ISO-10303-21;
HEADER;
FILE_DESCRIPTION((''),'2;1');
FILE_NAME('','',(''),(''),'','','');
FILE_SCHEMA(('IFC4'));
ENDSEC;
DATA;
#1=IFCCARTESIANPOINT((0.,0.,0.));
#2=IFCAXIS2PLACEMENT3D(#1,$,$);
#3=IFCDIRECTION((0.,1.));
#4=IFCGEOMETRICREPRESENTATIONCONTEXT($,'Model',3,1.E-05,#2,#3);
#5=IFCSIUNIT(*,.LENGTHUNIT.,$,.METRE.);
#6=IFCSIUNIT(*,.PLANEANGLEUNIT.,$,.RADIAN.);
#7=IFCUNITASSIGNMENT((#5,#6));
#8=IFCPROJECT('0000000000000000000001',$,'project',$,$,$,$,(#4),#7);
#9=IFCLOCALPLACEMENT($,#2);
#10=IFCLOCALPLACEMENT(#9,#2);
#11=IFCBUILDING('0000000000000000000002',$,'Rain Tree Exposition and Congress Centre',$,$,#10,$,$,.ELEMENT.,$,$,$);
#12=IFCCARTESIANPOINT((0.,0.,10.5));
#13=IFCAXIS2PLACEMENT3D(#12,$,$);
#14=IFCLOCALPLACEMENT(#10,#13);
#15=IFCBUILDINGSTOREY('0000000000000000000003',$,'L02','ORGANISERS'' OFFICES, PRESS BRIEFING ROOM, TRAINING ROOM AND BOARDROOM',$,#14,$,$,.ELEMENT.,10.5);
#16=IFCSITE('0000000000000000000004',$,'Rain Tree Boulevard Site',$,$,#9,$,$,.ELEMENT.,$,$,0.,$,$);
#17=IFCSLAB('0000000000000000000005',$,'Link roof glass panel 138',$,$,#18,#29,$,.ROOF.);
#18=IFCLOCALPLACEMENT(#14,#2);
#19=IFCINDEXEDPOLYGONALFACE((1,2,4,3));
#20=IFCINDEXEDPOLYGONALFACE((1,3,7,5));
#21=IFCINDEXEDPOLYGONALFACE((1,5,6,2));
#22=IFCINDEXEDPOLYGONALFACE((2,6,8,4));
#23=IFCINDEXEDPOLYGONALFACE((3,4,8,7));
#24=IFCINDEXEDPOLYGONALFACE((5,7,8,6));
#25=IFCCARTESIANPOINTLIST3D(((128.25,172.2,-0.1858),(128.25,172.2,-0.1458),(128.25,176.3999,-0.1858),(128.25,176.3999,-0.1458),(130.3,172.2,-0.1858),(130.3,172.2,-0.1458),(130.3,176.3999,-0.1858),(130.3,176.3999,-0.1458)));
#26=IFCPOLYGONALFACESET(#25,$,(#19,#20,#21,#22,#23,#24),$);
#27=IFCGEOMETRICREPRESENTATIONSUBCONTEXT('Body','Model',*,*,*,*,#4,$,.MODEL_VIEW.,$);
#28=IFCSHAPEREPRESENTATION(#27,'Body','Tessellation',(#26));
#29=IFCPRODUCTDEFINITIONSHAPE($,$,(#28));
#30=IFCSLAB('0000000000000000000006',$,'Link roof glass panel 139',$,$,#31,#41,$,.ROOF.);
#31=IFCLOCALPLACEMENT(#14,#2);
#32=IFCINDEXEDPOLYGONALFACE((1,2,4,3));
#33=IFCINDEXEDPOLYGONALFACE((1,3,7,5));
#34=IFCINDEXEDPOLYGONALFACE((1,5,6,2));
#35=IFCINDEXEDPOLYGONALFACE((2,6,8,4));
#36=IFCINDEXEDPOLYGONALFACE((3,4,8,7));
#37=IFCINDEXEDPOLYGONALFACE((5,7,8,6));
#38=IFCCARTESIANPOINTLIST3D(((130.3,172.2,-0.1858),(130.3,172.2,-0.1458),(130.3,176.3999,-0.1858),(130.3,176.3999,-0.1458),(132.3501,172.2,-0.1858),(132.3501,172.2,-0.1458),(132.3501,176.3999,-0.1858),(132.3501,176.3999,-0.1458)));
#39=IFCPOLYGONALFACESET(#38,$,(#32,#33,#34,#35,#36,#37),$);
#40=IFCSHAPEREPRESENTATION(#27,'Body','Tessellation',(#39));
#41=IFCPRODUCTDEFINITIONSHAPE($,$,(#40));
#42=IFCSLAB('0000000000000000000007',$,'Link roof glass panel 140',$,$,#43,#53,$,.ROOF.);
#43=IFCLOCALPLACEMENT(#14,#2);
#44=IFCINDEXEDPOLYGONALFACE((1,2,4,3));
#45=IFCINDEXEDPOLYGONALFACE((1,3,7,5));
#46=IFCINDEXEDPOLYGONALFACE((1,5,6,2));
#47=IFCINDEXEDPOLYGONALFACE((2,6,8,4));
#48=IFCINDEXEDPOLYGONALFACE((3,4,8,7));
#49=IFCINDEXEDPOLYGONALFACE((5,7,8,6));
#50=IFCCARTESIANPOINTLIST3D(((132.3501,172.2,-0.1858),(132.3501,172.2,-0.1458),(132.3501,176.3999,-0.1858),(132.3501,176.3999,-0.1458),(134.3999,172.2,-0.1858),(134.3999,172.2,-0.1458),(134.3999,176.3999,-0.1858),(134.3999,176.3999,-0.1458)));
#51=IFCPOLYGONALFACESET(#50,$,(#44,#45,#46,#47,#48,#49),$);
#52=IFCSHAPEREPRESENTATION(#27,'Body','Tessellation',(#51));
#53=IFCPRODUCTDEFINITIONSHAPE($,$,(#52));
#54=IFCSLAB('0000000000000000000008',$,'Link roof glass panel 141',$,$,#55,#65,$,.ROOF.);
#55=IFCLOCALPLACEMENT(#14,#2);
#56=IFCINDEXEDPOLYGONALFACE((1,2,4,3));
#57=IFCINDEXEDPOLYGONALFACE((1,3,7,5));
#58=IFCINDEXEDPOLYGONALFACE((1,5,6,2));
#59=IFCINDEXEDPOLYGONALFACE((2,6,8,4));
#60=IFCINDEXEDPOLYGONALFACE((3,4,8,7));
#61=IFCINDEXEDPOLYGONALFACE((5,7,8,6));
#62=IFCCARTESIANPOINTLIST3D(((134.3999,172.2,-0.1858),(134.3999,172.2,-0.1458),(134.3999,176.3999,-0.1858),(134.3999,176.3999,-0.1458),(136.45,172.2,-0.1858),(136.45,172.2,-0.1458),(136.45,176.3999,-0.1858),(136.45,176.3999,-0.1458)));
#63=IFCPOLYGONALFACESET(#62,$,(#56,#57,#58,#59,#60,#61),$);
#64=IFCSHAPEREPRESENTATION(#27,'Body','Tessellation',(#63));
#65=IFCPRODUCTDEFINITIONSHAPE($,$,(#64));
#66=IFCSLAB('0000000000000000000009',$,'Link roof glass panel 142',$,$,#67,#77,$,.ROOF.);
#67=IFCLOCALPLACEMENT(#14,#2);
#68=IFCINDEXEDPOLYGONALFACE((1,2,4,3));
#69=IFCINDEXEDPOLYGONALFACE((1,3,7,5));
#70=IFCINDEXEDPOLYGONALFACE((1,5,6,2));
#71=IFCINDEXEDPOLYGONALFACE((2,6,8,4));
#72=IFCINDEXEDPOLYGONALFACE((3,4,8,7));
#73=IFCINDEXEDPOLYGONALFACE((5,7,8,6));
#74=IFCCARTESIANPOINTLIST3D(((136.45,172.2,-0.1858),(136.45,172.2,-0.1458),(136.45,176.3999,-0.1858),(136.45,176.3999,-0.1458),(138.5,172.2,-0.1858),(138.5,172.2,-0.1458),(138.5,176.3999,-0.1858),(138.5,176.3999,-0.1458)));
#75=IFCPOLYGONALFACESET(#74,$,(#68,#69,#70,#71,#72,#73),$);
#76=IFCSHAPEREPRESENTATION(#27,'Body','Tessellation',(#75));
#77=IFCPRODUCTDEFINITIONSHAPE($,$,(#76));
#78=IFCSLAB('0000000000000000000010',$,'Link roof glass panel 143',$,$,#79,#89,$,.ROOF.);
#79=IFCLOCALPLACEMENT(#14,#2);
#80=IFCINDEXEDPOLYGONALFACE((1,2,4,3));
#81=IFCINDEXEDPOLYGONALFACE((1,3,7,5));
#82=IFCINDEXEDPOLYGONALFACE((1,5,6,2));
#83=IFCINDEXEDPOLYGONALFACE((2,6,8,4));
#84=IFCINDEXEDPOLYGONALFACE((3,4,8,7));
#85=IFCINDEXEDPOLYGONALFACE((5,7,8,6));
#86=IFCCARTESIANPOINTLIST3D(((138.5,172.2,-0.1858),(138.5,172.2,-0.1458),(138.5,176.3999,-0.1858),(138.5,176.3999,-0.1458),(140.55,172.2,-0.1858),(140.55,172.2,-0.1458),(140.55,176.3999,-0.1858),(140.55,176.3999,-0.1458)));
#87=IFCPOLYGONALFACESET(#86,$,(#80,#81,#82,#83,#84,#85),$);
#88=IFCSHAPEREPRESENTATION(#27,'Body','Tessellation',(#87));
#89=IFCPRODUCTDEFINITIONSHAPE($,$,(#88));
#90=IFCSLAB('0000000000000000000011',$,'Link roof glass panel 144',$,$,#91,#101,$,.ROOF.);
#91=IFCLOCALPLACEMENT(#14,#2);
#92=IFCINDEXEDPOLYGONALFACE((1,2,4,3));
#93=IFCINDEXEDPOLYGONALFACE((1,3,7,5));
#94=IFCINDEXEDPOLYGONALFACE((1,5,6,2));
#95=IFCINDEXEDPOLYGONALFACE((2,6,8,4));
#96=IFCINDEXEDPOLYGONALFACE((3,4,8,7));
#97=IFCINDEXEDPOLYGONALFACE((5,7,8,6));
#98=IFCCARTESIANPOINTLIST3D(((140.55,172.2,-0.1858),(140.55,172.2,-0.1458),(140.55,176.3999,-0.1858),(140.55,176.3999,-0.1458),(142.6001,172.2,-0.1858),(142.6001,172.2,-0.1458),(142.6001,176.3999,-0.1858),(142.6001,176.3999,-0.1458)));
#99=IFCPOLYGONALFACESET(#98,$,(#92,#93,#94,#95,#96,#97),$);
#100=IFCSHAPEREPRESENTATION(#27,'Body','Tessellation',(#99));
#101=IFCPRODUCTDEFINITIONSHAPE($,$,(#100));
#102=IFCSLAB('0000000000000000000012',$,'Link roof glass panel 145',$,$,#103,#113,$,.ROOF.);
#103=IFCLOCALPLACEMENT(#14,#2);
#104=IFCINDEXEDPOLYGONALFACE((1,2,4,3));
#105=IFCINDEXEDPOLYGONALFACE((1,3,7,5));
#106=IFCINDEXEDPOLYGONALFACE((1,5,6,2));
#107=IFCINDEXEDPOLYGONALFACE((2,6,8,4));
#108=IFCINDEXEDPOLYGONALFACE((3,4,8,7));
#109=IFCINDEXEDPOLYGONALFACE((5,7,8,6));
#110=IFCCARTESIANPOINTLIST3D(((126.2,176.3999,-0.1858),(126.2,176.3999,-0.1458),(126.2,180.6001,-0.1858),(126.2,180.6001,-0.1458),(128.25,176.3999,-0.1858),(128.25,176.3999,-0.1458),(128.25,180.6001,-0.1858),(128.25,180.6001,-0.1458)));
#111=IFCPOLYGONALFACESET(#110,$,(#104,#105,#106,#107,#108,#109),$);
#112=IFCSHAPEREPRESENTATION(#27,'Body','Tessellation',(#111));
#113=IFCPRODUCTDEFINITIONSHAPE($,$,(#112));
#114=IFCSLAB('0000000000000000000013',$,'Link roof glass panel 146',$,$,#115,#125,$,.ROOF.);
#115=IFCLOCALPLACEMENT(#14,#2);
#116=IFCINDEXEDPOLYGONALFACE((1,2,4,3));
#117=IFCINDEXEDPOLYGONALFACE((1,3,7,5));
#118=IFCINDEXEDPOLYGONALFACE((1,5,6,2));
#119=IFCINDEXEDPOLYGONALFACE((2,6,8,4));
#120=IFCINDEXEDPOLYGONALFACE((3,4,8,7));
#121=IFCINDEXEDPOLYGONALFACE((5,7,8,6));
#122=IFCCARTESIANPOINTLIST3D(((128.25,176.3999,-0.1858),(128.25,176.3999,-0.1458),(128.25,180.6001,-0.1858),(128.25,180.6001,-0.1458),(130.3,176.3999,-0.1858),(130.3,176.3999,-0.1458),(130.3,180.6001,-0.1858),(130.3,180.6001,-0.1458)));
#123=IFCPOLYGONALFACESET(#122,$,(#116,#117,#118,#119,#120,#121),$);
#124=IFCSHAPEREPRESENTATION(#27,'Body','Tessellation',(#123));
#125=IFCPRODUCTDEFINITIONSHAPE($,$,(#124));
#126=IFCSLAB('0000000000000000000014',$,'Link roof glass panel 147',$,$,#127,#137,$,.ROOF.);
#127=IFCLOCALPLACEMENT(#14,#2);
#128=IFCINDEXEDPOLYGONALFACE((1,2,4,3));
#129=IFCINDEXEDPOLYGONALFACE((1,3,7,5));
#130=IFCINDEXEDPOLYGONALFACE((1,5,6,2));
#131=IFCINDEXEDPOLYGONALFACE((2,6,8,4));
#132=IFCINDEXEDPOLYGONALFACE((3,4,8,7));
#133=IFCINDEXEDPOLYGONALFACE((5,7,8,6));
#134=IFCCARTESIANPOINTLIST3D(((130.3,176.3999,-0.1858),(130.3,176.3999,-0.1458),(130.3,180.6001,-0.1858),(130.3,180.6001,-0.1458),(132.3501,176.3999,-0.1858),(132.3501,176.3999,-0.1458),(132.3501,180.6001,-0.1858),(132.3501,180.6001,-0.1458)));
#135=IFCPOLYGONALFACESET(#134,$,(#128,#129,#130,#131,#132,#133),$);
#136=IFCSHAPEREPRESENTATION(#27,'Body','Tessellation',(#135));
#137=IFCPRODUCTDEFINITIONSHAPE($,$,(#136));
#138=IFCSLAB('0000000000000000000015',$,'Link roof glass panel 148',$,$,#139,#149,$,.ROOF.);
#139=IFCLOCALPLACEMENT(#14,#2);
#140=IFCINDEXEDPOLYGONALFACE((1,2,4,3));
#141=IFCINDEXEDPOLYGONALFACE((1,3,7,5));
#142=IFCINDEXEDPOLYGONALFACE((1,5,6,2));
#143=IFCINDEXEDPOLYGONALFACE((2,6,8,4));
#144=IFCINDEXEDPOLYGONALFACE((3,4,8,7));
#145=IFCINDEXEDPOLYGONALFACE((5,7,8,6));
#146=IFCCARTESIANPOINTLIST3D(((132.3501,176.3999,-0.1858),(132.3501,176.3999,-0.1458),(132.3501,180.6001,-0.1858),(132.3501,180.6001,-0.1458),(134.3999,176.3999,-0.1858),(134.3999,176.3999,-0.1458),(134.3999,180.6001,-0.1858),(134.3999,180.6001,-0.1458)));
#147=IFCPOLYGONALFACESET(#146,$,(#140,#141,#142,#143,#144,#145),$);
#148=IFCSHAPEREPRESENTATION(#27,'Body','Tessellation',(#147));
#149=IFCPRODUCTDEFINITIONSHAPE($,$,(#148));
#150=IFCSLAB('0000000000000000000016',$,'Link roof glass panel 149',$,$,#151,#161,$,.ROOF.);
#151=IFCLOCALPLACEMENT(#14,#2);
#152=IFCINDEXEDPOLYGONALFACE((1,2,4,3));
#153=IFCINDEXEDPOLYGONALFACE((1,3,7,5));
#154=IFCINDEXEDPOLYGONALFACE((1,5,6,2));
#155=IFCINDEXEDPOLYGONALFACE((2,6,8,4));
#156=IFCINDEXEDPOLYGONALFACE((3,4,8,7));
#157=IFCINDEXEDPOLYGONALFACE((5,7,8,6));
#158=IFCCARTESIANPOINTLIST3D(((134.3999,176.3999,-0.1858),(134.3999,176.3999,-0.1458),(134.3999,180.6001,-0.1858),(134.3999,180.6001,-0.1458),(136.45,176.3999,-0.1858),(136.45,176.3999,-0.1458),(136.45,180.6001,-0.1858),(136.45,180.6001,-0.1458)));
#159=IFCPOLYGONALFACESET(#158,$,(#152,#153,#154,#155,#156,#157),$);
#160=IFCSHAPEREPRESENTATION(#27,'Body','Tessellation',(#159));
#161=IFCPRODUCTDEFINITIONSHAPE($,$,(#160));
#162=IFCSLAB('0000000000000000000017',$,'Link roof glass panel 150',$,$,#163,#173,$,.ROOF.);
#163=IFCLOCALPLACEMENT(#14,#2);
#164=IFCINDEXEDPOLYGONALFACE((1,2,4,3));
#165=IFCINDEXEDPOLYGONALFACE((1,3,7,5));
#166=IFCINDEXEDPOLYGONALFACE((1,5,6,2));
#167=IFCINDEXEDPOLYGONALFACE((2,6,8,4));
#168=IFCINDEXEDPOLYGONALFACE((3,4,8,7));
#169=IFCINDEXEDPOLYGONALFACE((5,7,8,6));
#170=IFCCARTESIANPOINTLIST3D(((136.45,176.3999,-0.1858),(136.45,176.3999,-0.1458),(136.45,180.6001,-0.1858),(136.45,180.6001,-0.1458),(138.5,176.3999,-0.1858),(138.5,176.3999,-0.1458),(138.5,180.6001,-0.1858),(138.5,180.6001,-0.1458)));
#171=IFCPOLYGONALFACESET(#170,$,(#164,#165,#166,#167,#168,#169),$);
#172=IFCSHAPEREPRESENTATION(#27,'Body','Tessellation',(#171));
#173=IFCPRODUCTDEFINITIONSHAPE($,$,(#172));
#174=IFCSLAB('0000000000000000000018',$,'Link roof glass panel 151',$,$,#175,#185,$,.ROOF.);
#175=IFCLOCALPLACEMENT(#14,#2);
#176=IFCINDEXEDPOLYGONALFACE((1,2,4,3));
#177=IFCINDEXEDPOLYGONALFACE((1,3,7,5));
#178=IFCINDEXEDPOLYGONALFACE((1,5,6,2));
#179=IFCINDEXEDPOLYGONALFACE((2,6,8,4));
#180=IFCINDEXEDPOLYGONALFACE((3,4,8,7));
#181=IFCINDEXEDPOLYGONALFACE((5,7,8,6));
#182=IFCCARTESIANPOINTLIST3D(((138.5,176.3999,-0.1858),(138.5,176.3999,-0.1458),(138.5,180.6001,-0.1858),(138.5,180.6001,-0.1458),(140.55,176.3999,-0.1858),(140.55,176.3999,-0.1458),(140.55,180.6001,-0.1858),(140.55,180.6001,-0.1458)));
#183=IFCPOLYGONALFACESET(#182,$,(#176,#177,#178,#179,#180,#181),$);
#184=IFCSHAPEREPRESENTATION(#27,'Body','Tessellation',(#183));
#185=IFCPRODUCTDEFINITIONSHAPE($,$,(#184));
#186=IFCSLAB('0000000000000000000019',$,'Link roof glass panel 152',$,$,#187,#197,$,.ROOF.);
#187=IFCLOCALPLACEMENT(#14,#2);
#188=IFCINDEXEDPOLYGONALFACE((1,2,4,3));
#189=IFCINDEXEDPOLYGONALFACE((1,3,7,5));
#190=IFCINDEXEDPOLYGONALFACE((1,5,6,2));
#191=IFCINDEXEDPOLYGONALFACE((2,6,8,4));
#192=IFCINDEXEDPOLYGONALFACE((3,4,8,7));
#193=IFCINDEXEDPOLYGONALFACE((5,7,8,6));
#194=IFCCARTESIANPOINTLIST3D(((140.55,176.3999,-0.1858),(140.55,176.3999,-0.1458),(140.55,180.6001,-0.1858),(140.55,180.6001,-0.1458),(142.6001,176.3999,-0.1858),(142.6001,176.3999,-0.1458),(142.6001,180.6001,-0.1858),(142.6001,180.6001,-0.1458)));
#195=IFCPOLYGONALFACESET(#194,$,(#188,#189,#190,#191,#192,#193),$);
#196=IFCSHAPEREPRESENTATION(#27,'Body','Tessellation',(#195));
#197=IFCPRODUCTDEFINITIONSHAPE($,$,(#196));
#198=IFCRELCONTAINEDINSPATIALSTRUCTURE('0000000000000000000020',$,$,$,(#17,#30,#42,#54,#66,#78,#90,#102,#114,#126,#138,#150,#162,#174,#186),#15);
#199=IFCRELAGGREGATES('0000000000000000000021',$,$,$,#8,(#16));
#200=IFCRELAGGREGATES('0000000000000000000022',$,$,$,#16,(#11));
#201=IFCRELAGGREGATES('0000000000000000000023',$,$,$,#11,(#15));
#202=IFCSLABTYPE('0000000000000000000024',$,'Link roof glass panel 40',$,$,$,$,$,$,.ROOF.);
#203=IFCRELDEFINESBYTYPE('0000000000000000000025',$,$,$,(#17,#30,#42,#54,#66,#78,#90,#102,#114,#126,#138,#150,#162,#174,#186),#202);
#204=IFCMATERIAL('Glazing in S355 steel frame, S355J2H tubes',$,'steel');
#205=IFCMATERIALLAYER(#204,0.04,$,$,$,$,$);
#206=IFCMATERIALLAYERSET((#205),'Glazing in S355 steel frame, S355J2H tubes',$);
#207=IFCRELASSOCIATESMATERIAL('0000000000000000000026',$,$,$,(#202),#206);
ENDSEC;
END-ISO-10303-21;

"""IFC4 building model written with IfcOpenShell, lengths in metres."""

from ifc_helpers import new_model, si_unit, direction, frame, origin, place, context, subcontext, project, spatial, polyline, outline, extrude, material, layer, layer_set, type_object, element, save


model = new_model("IFC4")

# Units and contexts
model_context = context("Model", 3, precision=1e-05, world=origin(), true_north=direction((0.0, 1.0)))
body_context = subcontext(model_context, "Body", "Model", "MODEL_VIEW")
ifc_project = project(units=[si_unit("LENGTHUNIT", "METRE"), si_unit("PLANEANGLEUNIT", "RADIAN")], contexts=[model_context])

# Site, building, storey
site_placement = place(None, origin())
site = spatial("IfcSite", under=ifc_project, at=site_placement, Name="Rain Tree Boulevard Site", CompositionType="ELEMENT", RefElevation=0.0)
building_placement = place(site_placement, origin())
building = spatial("IfcBuilding", under=site, at=building_placement, Name="Rain Tree Exposition and Congress Centre", CompositionType="ELEMENT")
storey_placement = place(building_placement, frame((0.0, 0.0, 10.5)))
storey = spatial("IfcBuildingStorey", under=building, at=storey_placement, Name="L02", Description="ORGANISERS' OFFICES, PRESS BRIEFING ROOM, TRAINING ROOM AND BOARDROOM", CompositionType="ELEMENT", Elevation=10.5)

# Slabs
ifc_material = material(Name="Glazing in S355 steel frame, S355J2H tubes", Category="steel")
ifc_layer = layer(ifc_material, 0.04)
ifc_layer_set = layer_set([ifc_layer], Name="Glazing in S355 steel frame, S355J2H tubes")
slab_type = type_object("IfcSlabType", Name="Link roof glass panel 40", PredefinedType="ROOF", material=ifc_layer_set)
slab_1_placement = place(storey_placement, frame((0.0, 0.0, -0.1858)))
element("IfcSlab", 1, at=slab_1_placement, inside=storey, type_object=slab_type, Name="Link roof glass panel 138", PredefinedType="ROOF", context=body_context, shape_type="SweptSolid", body=[
    extrude(outline(polyline([(128.25, 172.2), (130.3, 172.2), (130.3, 176.3999), (128.25, 176.3999), (128.25, 172.2)])), origin(), (0.0, 0.0, 1.0), 0.04),
])
slab_2_placement = place(storey_placement, frame((0.0, 0.0, -0.1858)))
element("IfcSlab", 2, at=slab_2_placement, inside=storey, type_object=slab_type, Name="Link roof glass panel 139", PredefinedType="ROOF", context=body_context, shape_type="SweptSolid", body=[
    extrude(outline(polyline([(130.3, 172.2), (132.3501, 172.2), (132.3501, 176.3999), (130.3, 176.3999), (130.3, 172.2)])), origin(), (0.0, 0.0, 1.0), 0.04),
])
slab_3_placement = place(storey_placement, frame((0.0, 0.0, -0.1858)))
element("IfcSlab", 3, at=slab_3_placement, inside=storey, type_object=slab_type, Name="Link roof glass panel 140", PredefinedType="ROOF", context=body_context, shape_type="SweptSolid", body=[
    extrude(outline(polyline([(132.3501, 172.2), (134.3999, 172.2), (134.3999, 176.3999), (132.3501, 176.3999), (132.3501, 172.2)])), origin(), (0.0, 0.0, 1.0), 0.04),
])
slab_4_placement = place(storey_placement, frame((0.0, 0.0, -0.1858)))
element("IfcSlab", 4, at=slab_4_placement, inside=storey, type_object=slab_type, Name="Link roof glass panel 141", PredefinedType="ROOF", context=body_context, shape_type="SweptSolid", body=[
    extrude(outline(polyline([(134.3999, 172.2), (136.45, 172.2), (136.45, 176.3999), (134.3999, 176.3999), (134.3999, 172.2)])), origin(), (0.0, 0.0, 1.0), 0.04),
])
slab_5_placement = place(storey_placement, frame((0.0, 0.0, -0.1858)))
element("IfcSlab", 5, at=slab_5_placement, inside=storey, type_object=slab_type, Name="Link roof glass panel 142", PredefinedType="ROOF", context=body_context, shape_type="SweptSolid", body=[
    extrude(outline(polyline([(136.45, 172.2), (138.5, 172.2), (138.5, 176.3999), (136.45, 176.3999), (136.45, 172.2)])), origin(), (0.0, 0.0, 1.0), 0.04),
])
slab_6_placement = place(storey_placement, frame((0.0, 0.0, -0.1858)))
element("IfcSlab", 6, at=slab_6_placement, inside=storey, type_object=slab_type, Name="Link roof glass panel 143", PredefinedType="ROOF", context=body_context, shape_type="SweptSolid", body=[
    extrude(outline(polyline([(138.5, 172.2), (140.55, 172.2), (140.55, 176.3999), (138.5, 176.3999), (138.5, 172.2)])), origin(), (0.0, 0.0, 1.0), 0.04),
])
slab_7_placement = place(storey_placement, frame((0.0, 0.0, -0.1858)))
element("IfcSlab", 7, at=slab_7_placement, inside=storey, type_object=slab_type, Name="Link roof glass panel 144", PredefinedType="ROOF", context=body_context, shape_type="SweptSolid", body=[
    extrude(outline(polyline([(140.55, 172.2), (142.6001, 172.2), (142.6001, 176.3999), (140.55, 176.3999), (140.55, 172.2)])), origin(), (0.0, 0.0, 1.0), 0.04),
])
slab_8_placement = place(storey_placement, frame((0.0, 0.0, -0.1858)))
element("IfcSlab", 8, at=slab_8_placement, inside=storey, type_object=slab_type, Name="Link roof glass panel 145", PredefinedType="ROOF", context=body_context, shape_type="SweptSolid", body=[
    extrude(outline(polyline([(126.2, 176.3999), (128.25, 176.3999), (128.25, 180.6001), (126.2, 180.6001), (126.2, 176.3999)])), origin(), (0.0, 0.0, 1.0), 0.04),
])
slab_9_placement = place(storey_placement, frame((0.0, 0.0, -0.1858)))
element("IfcSlab", 9, at=slab_9_placement, inside=storey, type_object=slab_type, Name="Link roof glass panel 146", PredefinedType="ROOF", context=body_context, shape_type="SweptSolid", body=[
    extrude(outline(polyline([(128.25, 176.3999), (130.3, 176.3999), (130.3, 180.6001), (128.25, 180.6001), (128.25, 176.3999)])), origin(), (0.0, 0.0, 1.0), 0.04),
])
slab_10_placement = place(storey_placement, frame((0.0, 0.0, -0.1858)))
element("IfcSlab", 10, at=slab_10_placement, inside=storey, type_object=slab_type, Name="Link roof glass panel 147", PredefinedType="ROOF", context=body_context, shape_type="SweptSolid", body=[
    extrude(outline(polyline([(130.3, 176.3999), (132.3501, 176.3999), (132.3501, 180.6001), (130.3, 180.6001), (130.3, 176.3999)])), origin(), (0.0, 0.0, 1.0), 0.04),
])
slab_11_placement = place(storey_placement, frame((0.0, 0.0, -0.1858)))
element("IfcSlab", 11, at=slab_11_placement, inside=storey, type_object=slab_type, Name="Link roof glass panel 148", PredefinedType="ROOF", context=body_context, shape_type="SweptSolid", body=[
    extrude(outline(polyline([(132.3501, 176.3999), (134.3999, 176.3999), (134.3999, 180.6001), (132.3501, 180.6001), (132.3501, 176.3999)])), origin(), (0.0, 0.0, 1.0), 0.04),
])
slab_12_placement = place(storey_placement, frame((0.0, 0.0, -0.1858)))
element("IfcSlab", 12, at=slab_12_placement, inside=storey, type_object=slab_type, Name="Link roof glass panel 149", PredefinedType="ROOF", context=body_context, shape_type="SweptSolid", body=[
    extrude(outline(polyline([(134.3999, 176.3999), (136.45, 176.3999), (136.45, 180.6001), (134.3999, 180.6001), (134.3999, 176.3999)])), origin(), (0.0, 0.0, 1.0), 0.04),
])
slab_13_placement = place(storey_placement, frame((0.0, 0.0, -0.1858)))
element("IfcSlab", 13, at=slab_13_placement, inside=storey, type_object=slab_type, Name="Link roof glass panel 150", PredefinedType="ROOF", context=body_context, shape_type="SweptSolid", body=[
    extrude(outline(polyline([(136.45, 176.3999), (138.5, 176.3999), (138.5, 180.6001), (136.45, 180.6001), (136.45, 176.3999)])), origin(), (0.0, 0.0, 1.0), 0.04),
])
slab_14_placement = place(storey_placement, frame((0.0, 0.0, -0.1858)))
element("IfcSlab", 14, at=slab_14_placement, inside=storey, type_object=slab_type, Name="Link roof glass panel 151", PredefinedType="ROOF", context=body_context, shape_type="SweptSolid", body=[
    extrude(outline(polyline([(138.5, 176.3999), (140.55, 176.3999), (140.55, 180.6001), (138.5, 180.6001), (138.5, 176.3999)])), origin(), (0.0, 0.0, 1.0), 0.04),
])
slab_15_placement = place(storey_placement, frame((0.0, 0.0, -0.1858)))
element("IfcSlab", 15, at=slab_15_placement, inside=storey, type_object=slab_type, Name="Link roof glass panel 152", PredefinedType="ROOF", context=body_context, shape_type="SweptSolid", body=[
    extrude(outline(polyline([(140.55, 176.3999), (142.6001, 176.3999), (142.6001, 180.6001), (140.55, 180.6001), (140.55, 176.3999)])), origin(), (0.0, 0.0, 1.0), 0.04),
])

save(model, "model.ifc")
